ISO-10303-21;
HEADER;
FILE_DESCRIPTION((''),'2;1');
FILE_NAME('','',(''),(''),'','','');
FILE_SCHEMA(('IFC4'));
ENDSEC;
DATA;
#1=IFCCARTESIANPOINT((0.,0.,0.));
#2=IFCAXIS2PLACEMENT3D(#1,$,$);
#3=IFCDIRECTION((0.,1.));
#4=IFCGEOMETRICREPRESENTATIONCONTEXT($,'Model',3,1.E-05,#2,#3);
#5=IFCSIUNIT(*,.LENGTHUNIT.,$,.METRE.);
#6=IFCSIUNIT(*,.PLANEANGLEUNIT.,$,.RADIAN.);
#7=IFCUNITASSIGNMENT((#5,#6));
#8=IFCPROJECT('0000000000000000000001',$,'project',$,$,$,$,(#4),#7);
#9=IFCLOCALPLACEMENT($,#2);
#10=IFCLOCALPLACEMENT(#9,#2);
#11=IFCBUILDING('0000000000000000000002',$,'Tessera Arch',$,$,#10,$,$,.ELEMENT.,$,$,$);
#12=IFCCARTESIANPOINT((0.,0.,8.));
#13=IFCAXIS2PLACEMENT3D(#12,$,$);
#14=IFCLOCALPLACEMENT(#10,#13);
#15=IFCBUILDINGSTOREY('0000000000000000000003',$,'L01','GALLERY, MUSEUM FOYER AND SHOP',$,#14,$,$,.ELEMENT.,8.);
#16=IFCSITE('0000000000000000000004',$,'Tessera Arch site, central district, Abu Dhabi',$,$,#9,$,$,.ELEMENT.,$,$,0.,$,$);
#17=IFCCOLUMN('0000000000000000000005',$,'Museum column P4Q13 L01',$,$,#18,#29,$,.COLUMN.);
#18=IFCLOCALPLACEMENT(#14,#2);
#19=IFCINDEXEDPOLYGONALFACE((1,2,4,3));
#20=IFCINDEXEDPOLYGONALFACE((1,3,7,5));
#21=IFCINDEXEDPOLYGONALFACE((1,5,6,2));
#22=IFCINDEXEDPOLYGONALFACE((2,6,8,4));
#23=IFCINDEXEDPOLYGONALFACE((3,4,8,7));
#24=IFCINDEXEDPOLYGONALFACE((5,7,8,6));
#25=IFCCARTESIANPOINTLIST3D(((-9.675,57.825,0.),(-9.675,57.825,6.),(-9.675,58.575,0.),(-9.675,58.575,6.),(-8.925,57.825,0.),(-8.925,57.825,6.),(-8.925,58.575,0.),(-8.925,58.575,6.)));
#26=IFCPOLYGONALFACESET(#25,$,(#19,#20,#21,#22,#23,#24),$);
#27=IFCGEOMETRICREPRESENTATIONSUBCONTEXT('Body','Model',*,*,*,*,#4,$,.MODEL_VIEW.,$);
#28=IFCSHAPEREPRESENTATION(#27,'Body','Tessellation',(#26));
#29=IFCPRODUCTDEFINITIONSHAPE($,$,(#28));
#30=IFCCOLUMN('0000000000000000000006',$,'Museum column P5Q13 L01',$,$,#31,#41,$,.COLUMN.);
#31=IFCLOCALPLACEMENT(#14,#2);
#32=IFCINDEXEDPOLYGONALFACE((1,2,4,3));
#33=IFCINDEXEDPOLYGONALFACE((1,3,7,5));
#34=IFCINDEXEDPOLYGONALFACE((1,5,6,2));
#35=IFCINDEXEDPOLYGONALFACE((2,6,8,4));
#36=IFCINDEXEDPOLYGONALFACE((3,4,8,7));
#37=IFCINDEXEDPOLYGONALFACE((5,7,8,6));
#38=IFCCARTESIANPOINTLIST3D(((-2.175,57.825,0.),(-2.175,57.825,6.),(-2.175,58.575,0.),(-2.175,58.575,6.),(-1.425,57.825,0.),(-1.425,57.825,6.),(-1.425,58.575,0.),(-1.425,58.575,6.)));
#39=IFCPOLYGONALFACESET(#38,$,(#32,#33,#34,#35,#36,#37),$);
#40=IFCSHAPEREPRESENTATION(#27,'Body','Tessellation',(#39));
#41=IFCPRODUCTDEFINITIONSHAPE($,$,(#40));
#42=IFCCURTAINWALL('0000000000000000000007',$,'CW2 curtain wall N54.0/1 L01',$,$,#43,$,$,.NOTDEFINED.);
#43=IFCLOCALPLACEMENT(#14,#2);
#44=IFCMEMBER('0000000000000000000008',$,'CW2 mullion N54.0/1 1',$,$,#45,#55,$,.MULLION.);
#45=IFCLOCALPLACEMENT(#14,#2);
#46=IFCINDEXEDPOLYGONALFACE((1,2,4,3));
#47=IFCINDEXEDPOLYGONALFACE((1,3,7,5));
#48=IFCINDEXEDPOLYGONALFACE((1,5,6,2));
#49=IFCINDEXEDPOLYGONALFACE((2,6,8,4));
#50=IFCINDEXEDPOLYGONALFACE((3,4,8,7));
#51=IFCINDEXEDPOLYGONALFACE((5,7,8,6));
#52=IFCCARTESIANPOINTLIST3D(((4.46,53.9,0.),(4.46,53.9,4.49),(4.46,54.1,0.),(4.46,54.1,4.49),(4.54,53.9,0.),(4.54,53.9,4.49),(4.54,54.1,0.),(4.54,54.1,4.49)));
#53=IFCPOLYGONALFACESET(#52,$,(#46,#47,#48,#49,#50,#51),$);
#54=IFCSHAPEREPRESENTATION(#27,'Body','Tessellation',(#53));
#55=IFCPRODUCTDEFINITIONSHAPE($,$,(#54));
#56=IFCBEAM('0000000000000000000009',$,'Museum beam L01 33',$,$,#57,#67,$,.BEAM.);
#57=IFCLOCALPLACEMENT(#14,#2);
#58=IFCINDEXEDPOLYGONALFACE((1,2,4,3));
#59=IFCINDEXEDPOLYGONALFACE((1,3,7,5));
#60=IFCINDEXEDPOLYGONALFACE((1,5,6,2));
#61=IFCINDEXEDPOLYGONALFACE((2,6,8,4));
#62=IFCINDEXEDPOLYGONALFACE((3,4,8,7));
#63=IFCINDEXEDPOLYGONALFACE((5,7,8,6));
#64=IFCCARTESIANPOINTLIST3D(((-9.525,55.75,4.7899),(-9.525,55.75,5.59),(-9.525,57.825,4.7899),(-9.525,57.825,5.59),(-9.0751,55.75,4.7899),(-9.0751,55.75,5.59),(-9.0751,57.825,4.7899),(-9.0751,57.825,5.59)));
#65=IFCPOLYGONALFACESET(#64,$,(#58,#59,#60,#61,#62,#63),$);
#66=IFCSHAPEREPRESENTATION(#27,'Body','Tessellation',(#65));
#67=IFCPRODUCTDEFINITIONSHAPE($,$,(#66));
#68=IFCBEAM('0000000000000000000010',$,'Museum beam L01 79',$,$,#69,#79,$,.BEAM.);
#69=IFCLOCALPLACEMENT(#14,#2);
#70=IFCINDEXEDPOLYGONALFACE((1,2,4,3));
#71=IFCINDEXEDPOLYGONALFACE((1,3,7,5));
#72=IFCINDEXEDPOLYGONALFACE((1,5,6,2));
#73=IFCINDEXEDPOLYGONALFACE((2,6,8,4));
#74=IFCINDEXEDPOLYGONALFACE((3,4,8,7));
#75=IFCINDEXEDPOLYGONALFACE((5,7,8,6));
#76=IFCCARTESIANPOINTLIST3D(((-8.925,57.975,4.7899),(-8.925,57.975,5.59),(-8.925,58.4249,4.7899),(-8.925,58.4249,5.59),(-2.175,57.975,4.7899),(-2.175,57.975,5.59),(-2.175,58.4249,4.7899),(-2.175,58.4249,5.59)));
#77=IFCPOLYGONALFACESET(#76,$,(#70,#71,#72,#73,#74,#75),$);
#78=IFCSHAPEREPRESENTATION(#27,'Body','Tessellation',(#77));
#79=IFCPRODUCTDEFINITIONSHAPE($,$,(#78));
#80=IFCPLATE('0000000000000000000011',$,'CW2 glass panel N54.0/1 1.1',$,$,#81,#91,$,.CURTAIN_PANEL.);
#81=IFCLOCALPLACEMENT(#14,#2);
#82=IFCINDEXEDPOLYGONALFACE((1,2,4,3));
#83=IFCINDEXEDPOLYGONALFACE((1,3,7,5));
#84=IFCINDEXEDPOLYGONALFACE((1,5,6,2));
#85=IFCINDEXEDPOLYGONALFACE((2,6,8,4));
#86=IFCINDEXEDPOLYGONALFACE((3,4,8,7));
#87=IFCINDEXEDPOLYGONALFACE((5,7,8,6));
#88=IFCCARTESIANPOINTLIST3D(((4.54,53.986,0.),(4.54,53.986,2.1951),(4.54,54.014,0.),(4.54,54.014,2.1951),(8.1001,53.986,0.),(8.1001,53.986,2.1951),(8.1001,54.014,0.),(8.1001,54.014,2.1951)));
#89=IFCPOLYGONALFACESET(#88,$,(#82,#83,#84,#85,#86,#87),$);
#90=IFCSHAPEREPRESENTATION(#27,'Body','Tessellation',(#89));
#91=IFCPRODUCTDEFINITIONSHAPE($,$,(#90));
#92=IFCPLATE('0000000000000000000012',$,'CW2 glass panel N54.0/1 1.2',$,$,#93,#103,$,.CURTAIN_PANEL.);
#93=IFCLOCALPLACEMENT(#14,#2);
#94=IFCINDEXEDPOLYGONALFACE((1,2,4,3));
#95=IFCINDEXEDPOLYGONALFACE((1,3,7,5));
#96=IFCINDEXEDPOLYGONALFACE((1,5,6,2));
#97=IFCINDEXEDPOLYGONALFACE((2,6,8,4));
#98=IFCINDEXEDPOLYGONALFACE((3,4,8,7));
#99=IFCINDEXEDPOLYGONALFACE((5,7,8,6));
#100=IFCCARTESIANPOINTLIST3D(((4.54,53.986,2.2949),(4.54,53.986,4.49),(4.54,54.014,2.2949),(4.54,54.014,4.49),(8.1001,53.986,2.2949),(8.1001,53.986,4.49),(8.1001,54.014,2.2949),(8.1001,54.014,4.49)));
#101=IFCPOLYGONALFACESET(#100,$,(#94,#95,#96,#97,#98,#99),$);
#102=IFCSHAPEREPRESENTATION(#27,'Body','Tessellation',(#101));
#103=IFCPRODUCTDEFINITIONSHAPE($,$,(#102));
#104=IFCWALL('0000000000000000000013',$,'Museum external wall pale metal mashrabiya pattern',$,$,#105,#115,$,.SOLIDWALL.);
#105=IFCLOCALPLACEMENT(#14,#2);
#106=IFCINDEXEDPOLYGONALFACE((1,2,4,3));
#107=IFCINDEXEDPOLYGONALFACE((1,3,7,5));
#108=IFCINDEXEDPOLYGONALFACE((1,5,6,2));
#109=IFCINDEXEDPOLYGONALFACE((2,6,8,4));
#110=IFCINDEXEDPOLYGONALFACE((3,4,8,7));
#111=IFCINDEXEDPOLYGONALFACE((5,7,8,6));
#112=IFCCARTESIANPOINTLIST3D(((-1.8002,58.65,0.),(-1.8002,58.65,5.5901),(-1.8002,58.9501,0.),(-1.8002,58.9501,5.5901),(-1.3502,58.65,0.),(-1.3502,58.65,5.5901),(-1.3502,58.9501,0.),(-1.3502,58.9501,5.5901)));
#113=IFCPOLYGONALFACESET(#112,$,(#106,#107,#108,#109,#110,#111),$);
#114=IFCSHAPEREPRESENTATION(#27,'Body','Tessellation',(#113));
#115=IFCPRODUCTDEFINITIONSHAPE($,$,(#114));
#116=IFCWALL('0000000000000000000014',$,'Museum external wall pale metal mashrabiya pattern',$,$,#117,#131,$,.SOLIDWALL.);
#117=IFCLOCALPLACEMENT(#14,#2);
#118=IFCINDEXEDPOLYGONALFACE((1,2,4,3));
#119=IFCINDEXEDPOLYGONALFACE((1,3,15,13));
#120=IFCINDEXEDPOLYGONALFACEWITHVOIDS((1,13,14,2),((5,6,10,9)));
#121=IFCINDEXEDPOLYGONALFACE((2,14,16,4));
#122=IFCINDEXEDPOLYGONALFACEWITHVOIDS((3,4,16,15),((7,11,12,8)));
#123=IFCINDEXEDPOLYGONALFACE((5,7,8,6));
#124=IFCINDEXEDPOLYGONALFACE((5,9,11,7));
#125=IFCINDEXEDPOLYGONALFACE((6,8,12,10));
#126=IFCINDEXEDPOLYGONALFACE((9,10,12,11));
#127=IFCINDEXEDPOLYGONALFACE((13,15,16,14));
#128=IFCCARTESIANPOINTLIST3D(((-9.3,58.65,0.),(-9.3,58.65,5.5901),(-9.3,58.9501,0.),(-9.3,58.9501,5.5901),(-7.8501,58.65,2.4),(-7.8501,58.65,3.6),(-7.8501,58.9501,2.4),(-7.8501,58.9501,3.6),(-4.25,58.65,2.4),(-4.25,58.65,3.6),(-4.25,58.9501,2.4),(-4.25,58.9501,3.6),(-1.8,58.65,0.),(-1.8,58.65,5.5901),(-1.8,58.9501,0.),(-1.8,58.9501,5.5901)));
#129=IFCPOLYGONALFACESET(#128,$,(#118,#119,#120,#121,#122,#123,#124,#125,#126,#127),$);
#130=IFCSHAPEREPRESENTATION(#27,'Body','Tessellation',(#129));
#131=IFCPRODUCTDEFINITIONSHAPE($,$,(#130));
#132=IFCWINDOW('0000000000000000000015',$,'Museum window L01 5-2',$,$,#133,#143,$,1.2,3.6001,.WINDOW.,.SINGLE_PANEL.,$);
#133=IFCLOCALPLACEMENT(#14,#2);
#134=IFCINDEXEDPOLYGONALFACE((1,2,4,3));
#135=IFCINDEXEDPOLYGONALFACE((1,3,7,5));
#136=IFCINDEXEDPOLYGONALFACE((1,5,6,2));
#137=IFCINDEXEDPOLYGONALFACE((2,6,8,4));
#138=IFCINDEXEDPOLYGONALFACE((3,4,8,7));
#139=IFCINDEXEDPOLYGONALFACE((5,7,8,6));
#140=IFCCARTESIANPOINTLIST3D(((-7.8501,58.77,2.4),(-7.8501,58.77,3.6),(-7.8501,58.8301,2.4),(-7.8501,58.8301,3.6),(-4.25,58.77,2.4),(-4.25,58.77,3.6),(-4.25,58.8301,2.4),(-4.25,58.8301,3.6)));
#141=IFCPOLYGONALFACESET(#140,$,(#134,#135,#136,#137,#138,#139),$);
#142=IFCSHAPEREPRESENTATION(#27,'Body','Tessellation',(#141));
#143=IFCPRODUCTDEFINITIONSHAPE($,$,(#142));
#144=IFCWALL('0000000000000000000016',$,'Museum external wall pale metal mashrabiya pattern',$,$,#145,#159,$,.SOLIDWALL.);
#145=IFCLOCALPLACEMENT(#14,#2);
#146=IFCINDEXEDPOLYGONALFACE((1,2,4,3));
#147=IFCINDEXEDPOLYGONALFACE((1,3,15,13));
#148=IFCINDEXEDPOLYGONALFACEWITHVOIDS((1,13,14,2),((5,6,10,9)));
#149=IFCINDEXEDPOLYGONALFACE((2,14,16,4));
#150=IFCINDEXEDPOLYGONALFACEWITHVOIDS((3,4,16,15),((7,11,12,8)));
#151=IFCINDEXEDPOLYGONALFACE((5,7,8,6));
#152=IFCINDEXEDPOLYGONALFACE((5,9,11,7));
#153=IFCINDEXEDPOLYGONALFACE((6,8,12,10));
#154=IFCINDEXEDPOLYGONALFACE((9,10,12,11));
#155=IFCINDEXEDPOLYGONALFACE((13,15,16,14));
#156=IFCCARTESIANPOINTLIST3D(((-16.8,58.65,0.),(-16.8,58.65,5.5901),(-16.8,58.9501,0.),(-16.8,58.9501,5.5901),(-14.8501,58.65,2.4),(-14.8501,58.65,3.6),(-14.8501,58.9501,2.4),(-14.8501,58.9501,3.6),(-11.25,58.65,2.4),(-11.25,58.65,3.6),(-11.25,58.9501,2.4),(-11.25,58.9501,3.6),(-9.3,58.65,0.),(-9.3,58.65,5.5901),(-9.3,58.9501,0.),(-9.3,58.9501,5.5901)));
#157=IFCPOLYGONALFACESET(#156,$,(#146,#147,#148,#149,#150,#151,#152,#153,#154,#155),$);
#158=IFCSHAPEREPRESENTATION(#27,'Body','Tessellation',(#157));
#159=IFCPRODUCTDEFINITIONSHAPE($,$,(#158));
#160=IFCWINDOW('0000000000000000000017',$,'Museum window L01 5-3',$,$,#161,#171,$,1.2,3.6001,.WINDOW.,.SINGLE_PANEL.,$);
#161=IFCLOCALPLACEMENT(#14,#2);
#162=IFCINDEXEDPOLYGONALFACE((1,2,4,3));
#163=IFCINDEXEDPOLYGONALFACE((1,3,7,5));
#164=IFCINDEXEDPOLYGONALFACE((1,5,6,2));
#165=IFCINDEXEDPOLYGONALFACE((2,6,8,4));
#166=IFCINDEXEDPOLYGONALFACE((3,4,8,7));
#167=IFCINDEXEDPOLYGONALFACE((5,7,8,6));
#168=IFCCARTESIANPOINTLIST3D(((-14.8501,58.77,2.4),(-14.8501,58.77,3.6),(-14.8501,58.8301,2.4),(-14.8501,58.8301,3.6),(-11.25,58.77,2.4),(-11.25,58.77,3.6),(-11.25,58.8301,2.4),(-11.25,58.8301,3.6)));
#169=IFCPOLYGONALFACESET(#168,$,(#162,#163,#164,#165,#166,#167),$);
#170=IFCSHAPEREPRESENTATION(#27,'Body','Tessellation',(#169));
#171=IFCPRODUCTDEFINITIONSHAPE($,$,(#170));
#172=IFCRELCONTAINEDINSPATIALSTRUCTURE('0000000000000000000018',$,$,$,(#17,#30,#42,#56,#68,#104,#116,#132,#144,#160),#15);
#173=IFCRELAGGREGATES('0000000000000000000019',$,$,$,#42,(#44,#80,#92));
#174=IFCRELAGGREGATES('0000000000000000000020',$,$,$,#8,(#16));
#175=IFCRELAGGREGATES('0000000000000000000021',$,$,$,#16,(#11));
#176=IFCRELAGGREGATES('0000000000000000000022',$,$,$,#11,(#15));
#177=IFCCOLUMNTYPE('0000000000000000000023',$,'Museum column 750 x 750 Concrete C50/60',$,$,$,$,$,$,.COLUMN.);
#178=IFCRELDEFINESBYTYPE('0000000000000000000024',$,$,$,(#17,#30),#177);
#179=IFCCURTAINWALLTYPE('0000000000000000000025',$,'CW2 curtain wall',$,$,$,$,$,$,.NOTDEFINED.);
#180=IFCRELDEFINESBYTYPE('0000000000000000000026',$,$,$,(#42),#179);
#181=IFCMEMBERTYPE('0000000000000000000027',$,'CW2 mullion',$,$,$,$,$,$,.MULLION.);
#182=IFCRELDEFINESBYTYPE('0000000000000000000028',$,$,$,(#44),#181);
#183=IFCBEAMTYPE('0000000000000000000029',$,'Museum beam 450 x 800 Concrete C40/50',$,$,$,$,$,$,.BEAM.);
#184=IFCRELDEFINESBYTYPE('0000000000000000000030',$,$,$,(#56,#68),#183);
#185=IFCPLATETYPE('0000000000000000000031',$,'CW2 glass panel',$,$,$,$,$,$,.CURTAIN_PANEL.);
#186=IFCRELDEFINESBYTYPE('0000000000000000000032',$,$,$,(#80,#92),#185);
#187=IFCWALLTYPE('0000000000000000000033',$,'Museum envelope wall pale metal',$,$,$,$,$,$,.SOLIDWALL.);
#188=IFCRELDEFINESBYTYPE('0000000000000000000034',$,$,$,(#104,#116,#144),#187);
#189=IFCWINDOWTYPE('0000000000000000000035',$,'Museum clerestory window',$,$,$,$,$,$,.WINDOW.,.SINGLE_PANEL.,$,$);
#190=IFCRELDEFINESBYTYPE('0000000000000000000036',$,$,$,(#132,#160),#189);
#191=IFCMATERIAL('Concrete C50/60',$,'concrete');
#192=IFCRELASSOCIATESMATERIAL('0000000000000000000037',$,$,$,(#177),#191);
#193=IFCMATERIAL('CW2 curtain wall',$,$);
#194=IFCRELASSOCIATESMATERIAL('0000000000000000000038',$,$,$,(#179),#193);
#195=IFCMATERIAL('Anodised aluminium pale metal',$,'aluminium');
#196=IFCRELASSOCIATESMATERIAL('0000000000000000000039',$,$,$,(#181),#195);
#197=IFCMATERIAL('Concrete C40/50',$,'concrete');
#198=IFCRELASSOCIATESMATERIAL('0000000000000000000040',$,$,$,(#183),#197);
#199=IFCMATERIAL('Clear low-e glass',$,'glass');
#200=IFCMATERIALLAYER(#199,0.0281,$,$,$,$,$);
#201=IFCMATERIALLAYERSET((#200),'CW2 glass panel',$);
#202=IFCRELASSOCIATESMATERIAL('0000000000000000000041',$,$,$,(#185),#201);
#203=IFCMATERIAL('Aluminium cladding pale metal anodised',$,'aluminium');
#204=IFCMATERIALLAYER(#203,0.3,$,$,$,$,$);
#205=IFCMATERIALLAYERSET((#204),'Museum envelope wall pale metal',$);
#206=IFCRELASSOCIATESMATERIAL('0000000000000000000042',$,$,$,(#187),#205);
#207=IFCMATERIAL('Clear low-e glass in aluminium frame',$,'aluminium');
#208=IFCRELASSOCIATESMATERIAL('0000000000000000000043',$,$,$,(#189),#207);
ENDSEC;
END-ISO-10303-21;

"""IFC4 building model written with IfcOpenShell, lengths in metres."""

from ifc_helpers import new_model, si_unit, direction, frame, frame_2d, origin, origin_2d, place, context, subcontext, project, spatial, rectangle, extrude, material, layer, layer_set, material_profile, profile_set, type_object, element, fill, aggregate, save


model = new_model("IFC4")

# Units and contexts
model_context = context("Model", 3, precision=1e-05, world=origin(), true_north=direction((0.0, 1.0)))
body_context = subcontext(model_context, "Body", "Model", "MODEL_VIEW")
ifc_project = project(units=[si_unit("LENGTHUNIT", "METRE"), si_unit("PLANEANGLEUNIT", "RADIAN")], contexts=[model_context])

# Site, building, storey
site_placement = place(None, origin())
site = spatial("IfcSite", under=ifc_project, at=site_placement, Name="Tessera Arch site, central district, Abu Dhabi", CompositionType="ELEMENT", RefElevation=0.0)
building_placement = place(site_placement, origin())
building = spatial("IfcBuilding", under=site, at=building_placement, Name="Tessera Arch", CompositionType="ELEMENT")
storey_placement = place(building_placement, frame((0.0, 0.0, 8.0)))
storey = spatial("IfcBuildingStorey", under=building, at=storey_placement, Name="L01", Description="GALLERY, MUSEUM FOYER AND SHOP", CompositionType="ELEMENT", Elevation=8.0)

# Columns
ifc_material_1 = material(Name="Concrete C50/60", Category="concrete")
ifc_material_profile_1 = material_profile(ifc_material_1, rectangle(XDim=0.75, YDim=0.75, at=origin_2d()), Name="Museum column 750 x 750 Concrete C50/60")
ifc_profile_set_1 = profile_set([ifc_material_profile_1], Name="Concrete C50/60")
column_type = type_object("IfcColumnType", Name="Museum column 750 x 750 Concrete C50/60", PredefinedType="COLUMN", material=ifc_profile_set_1)
for number, where, z_axis, x_axis, name in (
    (1, (-9.3, 58.2, 0.0), (0.0, 0.0, 1.0), (1.0, 0.0, 0.0), "Museum column P4Q13 L01"),
    (2, (-1.8, 58.2, 0.0), (0.0, 0.0, 1.0), (1.0, 0.0, 0.0), "Museum column P5Q13 L01"),
):
    element("IfcColumn", number, at=place(storey_placement, frame(where, z_axis=z_axis, x_axis=x_axis)), inside=storey, type_object=column_type, Name=name, PredefinedType="COLUMN", context=body_context, shape_type="SweptSolid", body=[
        extrude(rectangle(XDim=0.75, YDim=0.75, at=origin_2d()), origin(), (0.0, 0.0, 1.0), 6.0),
    ])

# Curtain wall, member
ifc_material_2 = material(Name="CW2 curtain wall")
curtain_wall_type = type_object("IfcCurtainWallType", Name="CW2 curtain wall", PredefinedType="NOTDEFINED", material=ifc_material_2)
curtain_wall_placement = place(storey_placement, origin())
curtain_wall = element("IfcCurtainWall", 3, at=curtain_wall_placement, inside=storey, type_object=curtain_wall_type, Name="CW2 curtain wall N54.0/1 L01", PredefinedType="NOTDEFINED")
ifc_material_3 = material(Name="Anodised aluminium pale metal", Category="aluminium")
ifc_material_profile_2 = material_profile(ifc_material_3, rectangle(XDim=0.2, YDim=0.0801, at=origin_2d()), Name="AL 80x200")
ifc_profile_set_2 = profile_set([ifc_material_profile_2], Name="Anodised aluminium pale metal")
member_type = type_object("IfcMemberType", Name="CW2 mullion", PredefinedType="MULLION", material=ifc_profile_set_2)
member_placement = place(storey_placement, frame((4.5, 54.0, 0.0), z_axis=(0.0, 0.0, 1.0), x_axis=(0.0, -1.0, 0.0)))
member = element("IfcMember", 4, at=member_placement, type_object=member_type, Name="CW2 mullion N54.0/1 1", PredefinedType="MULLION", context=body_context, shape_type="SweptSolid", body=[
    extrude(rectangle(XDim=0.2, YDim=0.0801, at=origin_2d()), origin(), (0.0, 0.0, 1.0), 4.49),
])

# Beams
ifc_material_4 = material(Name="Concrete C40/50", Category="concrete")
ifc_material_profile_3 = material_profile(ifc_material_4, rectangle(XDim=0.45, YDim=0.8, at=origin_2d()), Name="Museum beam 450 x 800 Concrete C40/50")
ifc_profile_set_3 = profile_set([ifc_material_profile_3], Name="Concrete C40/50")
beam_type = type_object("IfcBeamType", Name="Museum beam 450 x 800 Concrete C40/50", PredefinedType="BEAM", material=ifc_profile_set_3)
beam_1_placement = place(storey_placement, frame((-9.3, 55.75, 5.1899), z_axis=(0.0, 1.0, 0.0), x_axis=(-1.0, 0.0, 0.0)))
element("IfcBeam", 5, at=beam_1_placement, inside=storey, type_object=beam_type, Name="Museum beam L01 33", PredefinedType="BEAM", context=body_context, shape_type="SweptSolid", body=[
    extrude(rectangle(XDim=0.45, YDim=0.8, at=origin_2d()), origin(), (0.0, 0.0, 1.0), 2.075),
])
beam_2_placement = place(storey_placement, frame((-8.925, 58.2, 5.1899), z_axis=(1.0, 0.0, 0.0), x_axis=(0.0, 1.0, 0.0)))
element("IfcBeam", 6, at=beam_2_placement, inside=storey, type_object=beam_type, Name="Museum beam L01 79", PredefinedType="BEAM", context=body_context, shape_type="SweptSolid", body=[
    extrude(rectangle(XDim=0.45, YDim=0.8, at=origin_2d()), origin(), (0.0, 0.0, 1.0), 6.75),
])

# Plates
ifc_material_5 = material(Name="Clear low-e glass", Category="glass")
ifc_layer_1 = layer(ifc_material_5, 0.0281)
ifc_layer_set_1 = layer_set([ifc_layer_1], Name="CW2 glass panel")
plate_type = type_object("IfcPlateType", Name="CW2 glass panel", PredefinedType="CURTAIN_PANEL", material=ifc_layer_set_1)
plate_1_placement = place(storey_placement, frame((6.3201, 54.0, 0.0), z_axis=(0.0, 0.0, 1.0), x_axis=(-1.0, 0.0, 0.0)))
plate_1 = element("IfcPlate", 7, at=plate_1_placement, type_object=plate_type, Name="CW2 glass panel N54.0/1 1.1", PredefinedType="CURTAIN_PANEL", context=body_context, shape_type="SweptSolid", body=[
    extrude(rectangle(XDim=3.5601, YDim=0.0281, at=origin_2d()), origin(), (0.0, 0.0, 1.0), 2.1951),
])
plate_2_placement = place(storey_placement, frame((6.3201, 54.0, 2.2949), z_axis=(0.0, 0.0, 1.0), x_axis=(-1.0, 0.0, 0.0)))
plate_2 = element("IfcPlate", 8, at=plate_2_placement, type_object=plate_type, Name="CW2 glass panel N54.0/1 1.2", PredefinedType="CURTAIN_PANEL", context=body_context, shape_type="SweptSolid", body=[
    extrude(rectangle(XDim=3.5601, YDim=0.0281, at=origin_2d()), origin(), (0.0, 0.0, 1.0), 2.1951),
])
aggregate(curtain_wall, [member, plate_1, plate_2])

# Wall
ifc_material_6 = material(Name="Aluminium cladding pale metal anodised", Category="aluminium")
ifc_layer_2 = layer(ifc_material_6, 0.3)
ifc_layer_set_2 = layer_set([ifc_layer_2], Name="Museum envelope wall pale metal")
wall_type_1 = type_object("IfcWallType", Name="Museum envelope wall pale metal", PredefinedType="SOLIDWALL", material=ifc_layer_set_2)
wall_1_placement = place(storey_placement, frame((-1.3501, 58.8, 0.0), z_axis=(0.0, 0.0, 1.0), x_axis=(-1.0, 0.0, 0.0)))
element("IfcWall", 9, at=wall_1_placement, inside=storey, type_object=wall_type_1, Name="Museum external wall pale metal mashrabiya pattern", PredefinedType="SOLIDWALL", context=body_context, shape_type="SweptSolid", body=[
    extrude(rectangle(XDim=0.45, YDim=0.3, at=frame_2d((0.2251, 0.0))), origin(), (0.0, 0.0, 1.0), 5.5901),
])

# Walls, openings, windows
wall_2_placement = place(storey_placement, frame((-1.8, 58.8, 0.0), z_axis=(0.0, 0.0, 1.0), x_axis=(-1.0, 0.0, 0.0)))
wall_2 = element("IfcWall", 10, at=wall_2_placement, inside=storey, type_object=wall_type_1, Name="Museum external wall pale metal mashrabiya pattern", PredefinedType="SOLIDWALL", context=body_context, shape_type="SweptSolid", body=[
    extrude(rectangle(XDim=7.5, YDim=0.3, at=frame_2d((3.75, 0.0))), origin(), (0.0, 0.0, 1.0), 5.5901),
])
opening_1_placement = place(wall_2_placement, frame((2.45, 0.0, 2.3999)))
opening_1 = element("IfcOpeningElement", 11, at=opening_1_placement, cuts=wall_2, PredefinedType="OPENING", context=body_context, shape_type="SweptSolid", body=[
    extrude(rectangle(XDim=3.6001, YDim=1.2, at=frame_2d((1.8, 0.6001))), frame((0.0, 0.1599, 0.0), z_axis=(0.0, -1.0, 0.0), x_axis=(1.0, 0.0, 0.0)), (0.0, 0.0, 1.0), 0.3201),
])
ifc_material_7 = material(Name="Clear low-e glass in aluminium frame", Category="aluminium")
window_type = type_object("IfcWindowType", Name="Museum clerestory window", PartitioningType="SINGLE_PANEL", PredefinedType="WINDOW", material=ifc_material_7)
window_1_placement = place(opening_1_placement, origin())
window_1 = element("IfcWindow", 12, at=window_1_placement, inside=storey, type_object=window_type, Name="Museum window L01 5-2", OverallHeight=1.2, OverallWidth=3.6001, PartitioningType="SINGLE_PANEL", PredefinedType="WINDOW", context=body_context, shape_type="SweptSolid", body=[
    extrude(rectangle(XDim=3.6001, YDim=1.2, at=frame_2d((1.8, 0.6001))), frame((0.0, 0.03, 0.0), z_axis=(0.0, -1.0, 0.0), x_axis=(1.0, 0.0, 0.0)), (0.0, 0.0, 1.0), 0.0601),
])
fill(opening_1, window_1)
wall_3_placement = place(storey_placement, frame((-9.3, 58.8, 0.0), z_axis=(0.0, 0.0, 1.0), x_axis=(-1.0, 0.0, 0.0)))
wall_3 = element("IfcWall", 13, at=wall_3_placement, inside=storey, type_object=wall_type_1, Name="Museum external wall pale metal mashrabiya pattern", PredefinedType="SOLIDWALL", context=body_context, shape_type="SweptSolid", body=[
    extrude(rectangle(XDim=7.5, YDim=0.3, at=frame_2d((3.75, 0.0))), origin(), (0.0, 0.0, 1.0), 5.5901),
])
opening_2_placement = place(wall_3_placement, frame((1.95, 0.0, 2.3999)))
opening_2 = element("IfcOpeningElement", 14, at=opening_2_placement, cuts=wall_3, PredefinedType="OPENING", context=body_context, shape_type="SweptSolid", body=[
    extrude(rectangle(XDim=3.6001, YDim=1.2, at=frame_2d((1.8, 0.6001))), frame((0.0, 0.1599, 0.0), z_axis=(0.0, -1.0, 0.0), x_axis=(1.0, 0.0, 0.0)), (0.0, 0.0, 1.0), 0.3201),
])
window_2_placement = place(opening_2_placement, origin())
window_2 = element("IfcWindow", 15, at=window_2_placement, inside=storey, type_object=window_type, Name="Museum window L01 5-3", OverallHeight=1.2, OverallWidth=3.6001, PartitioningType="SINGLE_PANEL", PredefinedType="WINDOW", context=body_context, shape_type="SweptSolid", body=[
    extrude(rectangle(XDim=3.6001, YDim=1.2, at=frame_2d((1.8, 0.6001))), frame((0.0, 0.03, 0.0), z_axis=(0.0, -1.0, 0.0), x_axis=(1.0, 0.0, 0.0)), (0.0, 0.0, 1.0), 0.0601),
])
fill(opening_2, window_2)

save(model, "model.ifc")
